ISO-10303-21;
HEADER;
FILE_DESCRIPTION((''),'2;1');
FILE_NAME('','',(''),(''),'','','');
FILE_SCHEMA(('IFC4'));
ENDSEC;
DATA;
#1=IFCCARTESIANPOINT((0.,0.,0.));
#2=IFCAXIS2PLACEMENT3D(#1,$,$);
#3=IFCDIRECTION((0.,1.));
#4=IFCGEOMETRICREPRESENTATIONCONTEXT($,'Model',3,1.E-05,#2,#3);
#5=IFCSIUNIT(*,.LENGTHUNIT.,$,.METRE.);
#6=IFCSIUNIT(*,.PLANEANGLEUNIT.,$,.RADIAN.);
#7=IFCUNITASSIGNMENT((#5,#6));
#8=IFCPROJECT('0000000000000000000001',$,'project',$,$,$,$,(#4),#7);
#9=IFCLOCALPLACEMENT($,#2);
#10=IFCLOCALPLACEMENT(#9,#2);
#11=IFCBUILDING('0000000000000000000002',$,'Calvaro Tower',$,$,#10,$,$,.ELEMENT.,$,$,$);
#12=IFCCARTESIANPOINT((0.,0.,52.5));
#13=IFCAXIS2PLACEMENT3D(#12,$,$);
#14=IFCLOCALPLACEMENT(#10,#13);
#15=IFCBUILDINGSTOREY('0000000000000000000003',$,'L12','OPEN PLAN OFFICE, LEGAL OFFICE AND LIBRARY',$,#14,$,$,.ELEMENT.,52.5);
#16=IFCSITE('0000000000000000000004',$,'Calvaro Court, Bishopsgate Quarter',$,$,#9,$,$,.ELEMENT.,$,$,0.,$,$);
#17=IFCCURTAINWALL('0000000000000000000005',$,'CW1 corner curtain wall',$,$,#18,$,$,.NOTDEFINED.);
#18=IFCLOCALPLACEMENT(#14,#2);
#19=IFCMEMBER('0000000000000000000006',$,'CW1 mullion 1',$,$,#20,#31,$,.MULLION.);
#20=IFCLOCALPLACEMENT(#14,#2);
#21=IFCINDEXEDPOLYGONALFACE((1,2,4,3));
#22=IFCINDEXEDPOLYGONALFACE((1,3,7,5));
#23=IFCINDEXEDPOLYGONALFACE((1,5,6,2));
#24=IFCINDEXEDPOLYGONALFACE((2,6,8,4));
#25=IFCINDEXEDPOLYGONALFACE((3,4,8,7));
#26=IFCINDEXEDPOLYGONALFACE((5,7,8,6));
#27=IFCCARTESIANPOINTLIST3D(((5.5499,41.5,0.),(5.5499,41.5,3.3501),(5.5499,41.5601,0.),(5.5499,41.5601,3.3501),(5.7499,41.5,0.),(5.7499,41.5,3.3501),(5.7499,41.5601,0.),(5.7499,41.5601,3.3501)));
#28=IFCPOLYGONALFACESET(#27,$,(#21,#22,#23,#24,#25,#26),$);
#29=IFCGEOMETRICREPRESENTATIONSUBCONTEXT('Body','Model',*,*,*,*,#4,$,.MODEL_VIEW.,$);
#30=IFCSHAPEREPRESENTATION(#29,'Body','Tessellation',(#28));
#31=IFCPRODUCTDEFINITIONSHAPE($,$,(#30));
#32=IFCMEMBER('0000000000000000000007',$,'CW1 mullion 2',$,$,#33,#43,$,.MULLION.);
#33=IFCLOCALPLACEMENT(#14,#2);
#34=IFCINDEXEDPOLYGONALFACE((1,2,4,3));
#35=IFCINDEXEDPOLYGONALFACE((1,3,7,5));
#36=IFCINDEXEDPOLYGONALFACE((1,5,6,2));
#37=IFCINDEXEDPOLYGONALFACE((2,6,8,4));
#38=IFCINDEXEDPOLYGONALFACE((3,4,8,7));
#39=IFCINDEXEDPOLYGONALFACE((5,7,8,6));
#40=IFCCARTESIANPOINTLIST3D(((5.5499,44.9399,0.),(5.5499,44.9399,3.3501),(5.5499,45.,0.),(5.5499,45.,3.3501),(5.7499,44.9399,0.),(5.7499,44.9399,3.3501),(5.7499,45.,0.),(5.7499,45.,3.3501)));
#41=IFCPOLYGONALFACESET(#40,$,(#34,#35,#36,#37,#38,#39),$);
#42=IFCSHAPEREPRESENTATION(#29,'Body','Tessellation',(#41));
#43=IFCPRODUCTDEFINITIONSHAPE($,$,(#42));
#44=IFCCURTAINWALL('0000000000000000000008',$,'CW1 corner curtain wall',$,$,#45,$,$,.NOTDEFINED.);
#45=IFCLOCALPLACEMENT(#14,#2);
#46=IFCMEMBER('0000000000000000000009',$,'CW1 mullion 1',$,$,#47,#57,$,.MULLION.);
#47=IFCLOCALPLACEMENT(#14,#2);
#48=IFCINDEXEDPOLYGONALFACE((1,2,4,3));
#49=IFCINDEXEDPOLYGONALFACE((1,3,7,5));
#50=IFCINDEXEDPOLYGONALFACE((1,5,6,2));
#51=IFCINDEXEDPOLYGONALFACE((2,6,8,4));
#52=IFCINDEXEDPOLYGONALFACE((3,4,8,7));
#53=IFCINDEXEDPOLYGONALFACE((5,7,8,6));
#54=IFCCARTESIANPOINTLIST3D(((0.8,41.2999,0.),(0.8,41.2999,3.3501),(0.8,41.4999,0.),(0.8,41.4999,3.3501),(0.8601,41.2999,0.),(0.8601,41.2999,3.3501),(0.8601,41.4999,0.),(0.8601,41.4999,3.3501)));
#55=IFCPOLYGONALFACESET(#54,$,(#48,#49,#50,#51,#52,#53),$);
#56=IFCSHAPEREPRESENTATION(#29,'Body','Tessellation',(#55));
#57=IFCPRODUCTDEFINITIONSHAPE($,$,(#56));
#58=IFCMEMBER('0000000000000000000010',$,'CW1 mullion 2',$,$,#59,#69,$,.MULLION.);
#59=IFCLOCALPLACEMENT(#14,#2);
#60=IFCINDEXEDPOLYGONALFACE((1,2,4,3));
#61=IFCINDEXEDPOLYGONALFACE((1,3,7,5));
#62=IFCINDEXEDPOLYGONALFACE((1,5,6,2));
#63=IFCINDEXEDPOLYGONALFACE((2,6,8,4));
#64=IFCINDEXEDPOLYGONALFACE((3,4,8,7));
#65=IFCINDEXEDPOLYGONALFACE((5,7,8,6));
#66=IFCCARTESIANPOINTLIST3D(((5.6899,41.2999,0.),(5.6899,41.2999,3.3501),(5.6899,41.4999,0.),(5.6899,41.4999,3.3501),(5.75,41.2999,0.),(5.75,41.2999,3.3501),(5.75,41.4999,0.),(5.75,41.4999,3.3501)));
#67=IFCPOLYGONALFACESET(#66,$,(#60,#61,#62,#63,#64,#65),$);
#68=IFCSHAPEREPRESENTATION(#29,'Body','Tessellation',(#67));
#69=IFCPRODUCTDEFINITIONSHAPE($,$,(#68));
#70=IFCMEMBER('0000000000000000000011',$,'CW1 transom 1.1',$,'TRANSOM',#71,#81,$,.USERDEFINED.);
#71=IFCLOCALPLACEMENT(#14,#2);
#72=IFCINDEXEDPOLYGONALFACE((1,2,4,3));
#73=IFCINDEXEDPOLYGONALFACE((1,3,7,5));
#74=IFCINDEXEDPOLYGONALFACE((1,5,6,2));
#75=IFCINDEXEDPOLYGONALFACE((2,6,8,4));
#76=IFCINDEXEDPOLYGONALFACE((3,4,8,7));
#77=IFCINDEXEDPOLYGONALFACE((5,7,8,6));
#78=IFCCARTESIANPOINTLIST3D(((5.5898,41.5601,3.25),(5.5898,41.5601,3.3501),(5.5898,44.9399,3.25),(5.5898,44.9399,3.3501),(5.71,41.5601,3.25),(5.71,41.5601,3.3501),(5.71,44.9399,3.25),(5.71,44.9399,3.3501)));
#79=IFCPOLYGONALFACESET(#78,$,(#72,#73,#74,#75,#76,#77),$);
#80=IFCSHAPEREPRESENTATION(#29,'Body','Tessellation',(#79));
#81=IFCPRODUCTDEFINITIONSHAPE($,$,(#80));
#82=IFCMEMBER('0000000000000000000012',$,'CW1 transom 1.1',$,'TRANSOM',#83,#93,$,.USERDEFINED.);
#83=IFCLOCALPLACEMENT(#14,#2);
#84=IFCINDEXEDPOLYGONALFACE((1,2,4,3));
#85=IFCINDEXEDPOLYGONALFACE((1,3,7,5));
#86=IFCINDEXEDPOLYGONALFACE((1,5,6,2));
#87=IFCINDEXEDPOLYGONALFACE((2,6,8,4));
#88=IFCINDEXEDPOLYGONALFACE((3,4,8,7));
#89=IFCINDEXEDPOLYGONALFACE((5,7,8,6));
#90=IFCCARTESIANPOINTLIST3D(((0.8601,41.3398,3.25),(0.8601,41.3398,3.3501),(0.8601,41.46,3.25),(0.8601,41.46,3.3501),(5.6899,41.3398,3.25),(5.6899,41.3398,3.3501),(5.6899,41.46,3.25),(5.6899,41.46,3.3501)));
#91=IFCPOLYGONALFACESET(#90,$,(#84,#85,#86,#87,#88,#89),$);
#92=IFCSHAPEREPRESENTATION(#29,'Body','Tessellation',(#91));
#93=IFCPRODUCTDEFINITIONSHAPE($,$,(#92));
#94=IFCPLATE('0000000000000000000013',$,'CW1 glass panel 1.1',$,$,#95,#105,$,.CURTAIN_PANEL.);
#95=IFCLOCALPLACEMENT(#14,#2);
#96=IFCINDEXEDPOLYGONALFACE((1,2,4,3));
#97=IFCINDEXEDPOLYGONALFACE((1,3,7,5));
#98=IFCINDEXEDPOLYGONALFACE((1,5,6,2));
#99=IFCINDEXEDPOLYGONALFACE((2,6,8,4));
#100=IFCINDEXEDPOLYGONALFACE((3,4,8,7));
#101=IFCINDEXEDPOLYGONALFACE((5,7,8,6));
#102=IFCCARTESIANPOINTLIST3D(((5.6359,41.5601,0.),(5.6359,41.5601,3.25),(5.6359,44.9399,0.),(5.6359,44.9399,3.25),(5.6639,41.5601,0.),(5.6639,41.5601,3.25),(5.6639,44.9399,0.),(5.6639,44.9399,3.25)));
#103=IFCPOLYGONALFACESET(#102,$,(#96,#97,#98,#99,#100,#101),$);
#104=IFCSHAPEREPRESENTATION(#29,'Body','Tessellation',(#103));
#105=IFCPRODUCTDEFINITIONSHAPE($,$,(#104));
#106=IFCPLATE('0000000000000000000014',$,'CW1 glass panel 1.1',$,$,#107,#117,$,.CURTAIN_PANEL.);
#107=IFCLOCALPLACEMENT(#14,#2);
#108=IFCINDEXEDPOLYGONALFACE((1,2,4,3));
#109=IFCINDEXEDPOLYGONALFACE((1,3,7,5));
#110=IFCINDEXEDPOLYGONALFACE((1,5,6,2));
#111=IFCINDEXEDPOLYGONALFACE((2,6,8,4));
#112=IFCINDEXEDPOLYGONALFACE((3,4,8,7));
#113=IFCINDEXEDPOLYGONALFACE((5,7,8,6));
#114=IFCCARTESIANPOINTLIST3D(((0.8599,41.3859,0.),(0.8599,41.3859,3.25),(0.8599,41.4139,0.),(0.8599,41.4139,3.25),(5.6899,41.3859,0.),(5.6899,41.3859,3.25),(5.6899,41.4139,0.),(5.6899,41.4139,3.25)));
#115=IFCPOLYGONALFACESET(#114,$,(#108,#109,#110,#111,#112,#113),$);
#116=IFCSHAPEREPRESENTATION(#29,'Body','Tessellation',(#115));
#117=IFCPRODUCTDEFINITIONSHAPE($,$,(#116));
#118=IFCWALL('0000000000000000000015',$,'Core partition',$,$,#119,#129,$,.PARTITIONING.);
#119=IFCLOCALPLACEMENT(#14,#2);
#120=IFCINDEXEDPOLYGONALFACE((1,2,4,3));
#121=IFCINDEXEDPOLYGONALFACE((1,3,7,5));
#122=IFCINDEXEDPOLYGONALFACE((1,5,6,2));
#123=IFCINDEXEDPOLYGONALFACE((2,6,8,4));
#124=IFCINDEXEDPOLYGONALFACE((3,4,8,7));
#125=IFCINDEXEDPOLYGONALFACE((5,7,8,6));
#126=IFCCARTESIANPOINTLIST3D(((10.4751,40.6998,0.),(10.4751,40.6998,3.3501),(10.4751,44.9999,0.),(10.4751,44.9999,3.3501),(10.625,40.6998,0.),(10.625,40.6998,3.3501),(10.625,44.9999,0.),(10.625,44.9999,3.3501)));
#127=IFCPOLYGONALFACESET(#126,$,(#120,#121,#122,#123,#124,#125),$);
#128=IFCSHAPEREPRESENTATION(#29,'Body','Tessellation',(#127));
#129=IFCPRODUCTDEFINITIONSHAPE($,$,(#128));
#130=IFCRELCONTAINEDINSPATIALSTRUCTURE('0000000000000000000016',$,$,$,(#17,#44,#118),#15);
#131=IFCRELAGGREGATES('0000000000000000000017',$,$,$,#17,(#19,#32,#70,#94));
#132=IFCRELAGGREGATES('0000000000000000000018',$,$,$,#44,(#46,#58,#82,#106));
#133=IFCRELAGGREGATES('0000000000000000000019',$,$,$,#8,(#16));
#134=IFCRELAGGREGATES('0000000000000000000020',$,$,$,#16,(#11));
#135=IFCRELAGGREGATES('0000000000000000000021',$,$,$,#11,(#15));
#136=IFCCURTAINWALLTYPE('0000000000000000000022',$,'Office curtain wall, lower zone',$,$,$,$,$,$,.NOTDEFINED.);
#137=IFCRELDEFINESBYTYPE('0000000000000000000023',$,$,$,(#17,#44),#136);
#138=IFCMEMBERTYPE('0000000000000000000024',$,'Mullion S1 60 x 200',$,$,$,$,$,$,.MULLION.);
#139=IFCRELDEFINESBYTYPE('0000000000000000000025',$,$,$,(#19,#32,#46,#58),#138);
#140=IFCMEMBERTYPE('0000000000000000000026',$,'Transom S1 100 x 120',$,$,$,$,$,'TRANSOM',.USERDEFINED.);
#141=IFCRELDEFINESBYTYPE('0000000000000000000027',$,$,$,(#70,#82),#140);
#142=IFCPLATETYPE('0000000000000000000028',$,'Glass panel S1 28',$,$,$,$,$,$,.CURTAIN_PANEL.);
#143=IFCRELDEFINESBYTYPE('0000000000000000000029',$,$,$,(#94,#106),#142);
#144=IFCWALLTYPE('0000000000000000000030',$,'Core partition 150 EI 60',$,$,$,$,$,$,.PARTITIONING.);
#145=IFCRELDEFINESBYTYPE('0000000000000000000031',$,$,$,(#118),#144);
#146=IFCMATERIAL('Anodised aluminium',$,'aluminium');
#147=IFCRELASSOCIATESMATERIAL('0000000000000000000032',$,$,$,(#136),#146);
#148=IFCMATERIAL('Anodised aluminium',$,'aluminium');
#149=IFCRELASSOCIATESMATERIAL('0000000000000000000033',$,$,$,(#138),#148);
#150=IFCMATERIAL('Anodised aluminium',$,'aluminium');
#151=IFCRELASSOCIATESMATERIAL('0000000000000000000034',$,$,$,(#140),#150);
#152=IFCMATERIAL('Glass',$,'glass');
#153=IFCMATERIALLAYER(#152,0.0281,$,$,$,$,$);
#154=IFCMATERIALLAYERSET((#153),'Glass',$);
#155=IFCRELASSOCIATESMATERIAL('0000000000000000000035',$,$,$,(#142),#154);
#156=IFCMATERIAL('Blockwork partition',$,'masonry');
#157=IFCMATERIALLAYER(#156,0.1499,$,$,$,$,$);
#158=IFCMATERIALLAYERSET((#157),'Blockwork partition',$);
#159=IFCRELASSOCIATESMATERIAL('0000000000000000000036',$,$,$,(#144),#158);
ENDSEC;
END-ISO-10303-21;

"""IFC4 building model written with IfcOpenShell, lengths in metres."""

from ifc_helpers import new_model, si_unit, direction, frame, frame_2d, origin, origin_2d, place, context, subcontext, project, spatial, rectangle, extrude, material, layer, layer_set, material_profile, profile_set, type_object, element, aggregate, save


model = new_model("IFC4")

# Units and contexts
model_context = context("Model", 3, precision=1e-05, world=origin(), true_north=direction((0.0, 1.0)))
body_context = subcontext(model_context, "Body", "Model", "MODEL_VIEW")
ifc_project = project(units=[si_unit("LENGTHUNIT", "METRE"), si_unit("PLANEANGLEUNIT", "RADIAN")], contexts=[model_context])

# Site, building, storey
site_placement = place(None, origin())
site = spatial("IfcSite", under=ifc_project, at=site_placement, Name="Calvaro Court, Bishopsgate Quarter", CompositionType="ELEMENT", RefElevation=0.0)
building_placement = place(site_placement, origin())
building = spatial("IfcBuilding", under=site, at=building_placement, Name="Calvaro Tower", CompositionType="ELEMENT")
storey_placement = place(building_placement, frame((0.0, 0.0, 52.5)))
storey = spatial("IfcBuildingStorey", under=building, at=storey_placement, Name="L12", Description="OPEN PLAN OFFICE, LEGAL OFFICE AND LIBRARY", CompositionType="ELEMENT", Elevation=52.5)

# Curtain walls, members
ifc_material_1 = material(Name="Anodised aluminium", Category="aluminium")
curtain_wall_type = type_object("IfcCurtainWallType", Name="Office curtain wall, lower zone", PredefinedType="NOTDEFINED", material=ifc_material_1)
curtain_wall_1_placement = place(storey_placement, origin())
curtain_wall_1 = element("IfcCurtainWall", 1, at=curtain_wall_1_placement, inside=storey, type_object=curtain_wall_type, Name="CW1 corner curtain wall", PredefinedType="NOTDEFINED")
ifc_material_2 = material(Name="Anodised aluminium", Category="aluminium")
ifc_material_profile_1 = material_profile(ifc_material_2, rectangle(XDim=0.2, YDim=0.0601, at=origin_2d()), Name="Mullion S1 60 x 200")
ifc_profile_set_1 = profile_set([ifc_material_profile_1], Name="Anodised aluminium")
member_type_1 = type_object("IfcMemberType", Name="Mullion S1 60 x 200", PredefinedType="MULLION", material=ifc_profile_set_1)
member_1_placement = place(storey_placement, frame((5.6499, 41.53, 0.0), z_axis=(0.0, 0.0, 1.0), x_axis=(-1.0, 0.0, 0.0)))
member_1 = element("IfcMember", 2, at=member_1_placement, type_object=member_type_1, Name="CW1 mullion 1", PredefinedType="MULLION", context=body_context, shape_type="SweptSolid", body=[
    extrude(rectangle(XDim=0.2, YDim=0.0601, at=origin_2d()), origin(), (0.0, 0.0, 1.0), 3.3501),
])
member_2_placement = place(storey_placement, frame((5.6499, 44.97, 0.0), z_axis=(0.0, 0.0, 1.0), x_axis=(-1.0, 0.0, 0.0)))
member_2 = element("IfcMember", 3, at=member_2_placement, type_object=member_type_1, Name="CW1 mullion 2", PredefinedType="MULLION", context=body_context, shape_type="SweptSolid", body=[
    extrude(rectangle(XDim=0.2, YDim=0.0601, at=origin_2d()), origin(), (0.0, 0.0, 1.0), 3.3501),
])
curtain_wall_2_placement = place(storey_placement, origin())
curtain_wall_2 = element("IfcCurtainWall", 4, at=curtain_wall_2_placement, inside=storey, type_object=curtain_wall_type, Name="CW1 corner curtain wall", PredefinedType="NOTDEFINED")
member_3_placement = place(storey_placement, frame((0.8301, 41.3999, 0.0), z_axis=(0.0, 0.0, 1.0), x_axis=(0.0, 1.0, 0.0)))
member_3 = element("IfcMember", 5, at=member_3_placement, type_object=member_type_1, Name="CW1 mullion 1", PredefinedType="MULLION", context=body_context, shape_type="SweptSolid", body=[
    extrude(rectangle(XDim=0.2, YDim=0.0601, at=origin_2d()), origin(), (0.0, 0.0, 1.0), 3.3501),
])
member_4_placement = place(storey_placement, frame((5.72, 41.3999, 0.0), z_axis=(0.0, 0.0, 1.0), x_axis=(0.0, 1.0, 0.0)))
member_4 = element("IfcMember", 6, at=member_4_placement, type_object=member_type_1, Name="CW1 mullion 2", PredefinedType="MULLION", context=body_context, shape_type="SweptSolid", body=[
    extrude(rectangle(XDim=0.2, YDim=0.0601, at=origin_2d()), origin(), (0.0, 0.0, 1.0), 3.3501),
])

# Members
ifc_material_3 = material(Name="Anodised aluminium", Category="aluminium")
ifc_material_profile_2 = material_profile(ifc_material_3, rectangle(XDim=0.1201, YDim=0.1001, at=origin_2d()), Name="Transom S1 100 x 120")
ifc_profile_set_2 = profile_set([ifc_material_profile_2], Name="Anodised aluminium")
member_type_2 = type_object("IfcMemberType", Name="Transom S1 100 x 120", ElementType="TRANSOM", PredefinedType="USERDEFINED", material=ifc_profile_set_2)
member_5_placement = place(storey_placement, frame((5.6499, 41.5601, 3.3), z_axis=(0.0, 1.0, 0.0), x_axis=(-1.0, 0.0, 0.0)))
member_5 = element("IfcMember", 7, at=member_5_placement, type_object=member_type_2, Name="CW1 transom 1.1", ObjectType="TRANSOM", PredefinedType="USERDEFINED", context=body_context, shape_type="SweptSolid", body=[
    extrude(rectangle(XDim=0.1201, YDim=0.1001, at=origin_2d()), origin(), (0.0, 0.0, 1.0), 3.3799),
])
member_6_placement = place(storey_placement, frame((0.8601, 41.3999, 3.3), z_axis=(1.0, 0.0, 0.0), x_axis=(0.0, 1.0, 0.0)))
member_6 = element("IfcMember", 8, at=member_6_placement, type_object=member_type_2, Name="CW1 transom 1.1", ObjectType="TRANSOM", PredefinedType="USERDEFINED", context=body_context, shape_type="SweptSolid", body=[
    extrude(rectangle(XDim=0.1201, YDim=0.1001, at=origin_2d()), origin(), (0.0, 0.0, 1.0), 4.8298),
])

# Plates
ifc_material_4 = material(Name="Glass", Category="glass")
ifc_layer_1 = layer(ifc_material_4, 0.0281)
ifc_layer_set_1 = layer_set([ifc_layer_1], Name="Glass")
plate_type = type_object("IfcPlateType", Name="Glass panel S1 28", PredefinedType="CURTAIN_PANEL", material=ifc_layer_set_1)
plate_1_placement = place(storey_placement, frame((5.6499, 43.25, 0.0), z_axis=(0.0, 0.0, 1.0), x_axis=(0.0, 1.0, 0.0)))
plate_1 = element("IfcPlate", 9, at=plate_1_placement, type_object=plate_type, Name="CW1 glass panel 1.1", PredefinedType="CURTAIN_PANEL", context=body_context, shape_type="SweptSolid", body=[
    extrude(rectangle(XDim=3.3799, YDim=0.0281, at=origin_2d()), origin(), (0.0, 0.0, 1.0), 3.25),
])
aggregate(curtain_wall_1, [member_1, member_2, member_5, plate_1])
plate_2_placement = place(storey_placement, frame((3.2749, 41.3999, 0.0), z_axis=(0.0, 0.0, 1.0), x_axis=(1.0, 0.0, 0.0)))
plate_2 = element("IfcPlate", 10, at=plate_2_placement, type_object=plate_type, Name="CW1 glass panel 1.1", PredefinedType="CURTAIN_PANEL", context=body_context, shape_type="SweptSolid", body=[
    extrude(rectangle(XDim=4.8301, YDim=0.0281, at=origin_2d()), origin(), (0.0, 0.0, 1.0), 3.25),
])
aggregate(curtain_wall_2, [member_3, member_4, member_6, plate_2])

# Wall
ifc_material_5 = material(Name="Blockwork partition", Category="masonry")
ifc_layer_2 = layer(ifc_material_5, 0.1499)
ifc_layer_set_2 = layer_set([ifc_layer_2], Name="Blockwork partition")
wall_type_1 = type_object("IfcWallType", Name="Core partition 150 EI 60", PredefinedType="PARTITIONING", material=ifc_layer_set_2)
wall_1_placement = place(storey_placement, frame((10.55, 40.7, 0.0), z_axis=(0.0, 0.0, 1.0), x_axis=(0.0, 1.0, 0.0)))
element("IfcWall", 11, at=wall_1_placement, inside=storey, type_object=wall_type_1, Name="Core partition", PredefinedType="PARTITIONING", context=body_context, shape_type="SweptSolid", body=[
    extrude(rectangle(XDim=4.3, YDim=0.1499, at=frame_2d((2.1499, 0.0))), origin(), (0.0, 0.0, 1.0), 3.3501),
])

save(model, "model.ifc")
